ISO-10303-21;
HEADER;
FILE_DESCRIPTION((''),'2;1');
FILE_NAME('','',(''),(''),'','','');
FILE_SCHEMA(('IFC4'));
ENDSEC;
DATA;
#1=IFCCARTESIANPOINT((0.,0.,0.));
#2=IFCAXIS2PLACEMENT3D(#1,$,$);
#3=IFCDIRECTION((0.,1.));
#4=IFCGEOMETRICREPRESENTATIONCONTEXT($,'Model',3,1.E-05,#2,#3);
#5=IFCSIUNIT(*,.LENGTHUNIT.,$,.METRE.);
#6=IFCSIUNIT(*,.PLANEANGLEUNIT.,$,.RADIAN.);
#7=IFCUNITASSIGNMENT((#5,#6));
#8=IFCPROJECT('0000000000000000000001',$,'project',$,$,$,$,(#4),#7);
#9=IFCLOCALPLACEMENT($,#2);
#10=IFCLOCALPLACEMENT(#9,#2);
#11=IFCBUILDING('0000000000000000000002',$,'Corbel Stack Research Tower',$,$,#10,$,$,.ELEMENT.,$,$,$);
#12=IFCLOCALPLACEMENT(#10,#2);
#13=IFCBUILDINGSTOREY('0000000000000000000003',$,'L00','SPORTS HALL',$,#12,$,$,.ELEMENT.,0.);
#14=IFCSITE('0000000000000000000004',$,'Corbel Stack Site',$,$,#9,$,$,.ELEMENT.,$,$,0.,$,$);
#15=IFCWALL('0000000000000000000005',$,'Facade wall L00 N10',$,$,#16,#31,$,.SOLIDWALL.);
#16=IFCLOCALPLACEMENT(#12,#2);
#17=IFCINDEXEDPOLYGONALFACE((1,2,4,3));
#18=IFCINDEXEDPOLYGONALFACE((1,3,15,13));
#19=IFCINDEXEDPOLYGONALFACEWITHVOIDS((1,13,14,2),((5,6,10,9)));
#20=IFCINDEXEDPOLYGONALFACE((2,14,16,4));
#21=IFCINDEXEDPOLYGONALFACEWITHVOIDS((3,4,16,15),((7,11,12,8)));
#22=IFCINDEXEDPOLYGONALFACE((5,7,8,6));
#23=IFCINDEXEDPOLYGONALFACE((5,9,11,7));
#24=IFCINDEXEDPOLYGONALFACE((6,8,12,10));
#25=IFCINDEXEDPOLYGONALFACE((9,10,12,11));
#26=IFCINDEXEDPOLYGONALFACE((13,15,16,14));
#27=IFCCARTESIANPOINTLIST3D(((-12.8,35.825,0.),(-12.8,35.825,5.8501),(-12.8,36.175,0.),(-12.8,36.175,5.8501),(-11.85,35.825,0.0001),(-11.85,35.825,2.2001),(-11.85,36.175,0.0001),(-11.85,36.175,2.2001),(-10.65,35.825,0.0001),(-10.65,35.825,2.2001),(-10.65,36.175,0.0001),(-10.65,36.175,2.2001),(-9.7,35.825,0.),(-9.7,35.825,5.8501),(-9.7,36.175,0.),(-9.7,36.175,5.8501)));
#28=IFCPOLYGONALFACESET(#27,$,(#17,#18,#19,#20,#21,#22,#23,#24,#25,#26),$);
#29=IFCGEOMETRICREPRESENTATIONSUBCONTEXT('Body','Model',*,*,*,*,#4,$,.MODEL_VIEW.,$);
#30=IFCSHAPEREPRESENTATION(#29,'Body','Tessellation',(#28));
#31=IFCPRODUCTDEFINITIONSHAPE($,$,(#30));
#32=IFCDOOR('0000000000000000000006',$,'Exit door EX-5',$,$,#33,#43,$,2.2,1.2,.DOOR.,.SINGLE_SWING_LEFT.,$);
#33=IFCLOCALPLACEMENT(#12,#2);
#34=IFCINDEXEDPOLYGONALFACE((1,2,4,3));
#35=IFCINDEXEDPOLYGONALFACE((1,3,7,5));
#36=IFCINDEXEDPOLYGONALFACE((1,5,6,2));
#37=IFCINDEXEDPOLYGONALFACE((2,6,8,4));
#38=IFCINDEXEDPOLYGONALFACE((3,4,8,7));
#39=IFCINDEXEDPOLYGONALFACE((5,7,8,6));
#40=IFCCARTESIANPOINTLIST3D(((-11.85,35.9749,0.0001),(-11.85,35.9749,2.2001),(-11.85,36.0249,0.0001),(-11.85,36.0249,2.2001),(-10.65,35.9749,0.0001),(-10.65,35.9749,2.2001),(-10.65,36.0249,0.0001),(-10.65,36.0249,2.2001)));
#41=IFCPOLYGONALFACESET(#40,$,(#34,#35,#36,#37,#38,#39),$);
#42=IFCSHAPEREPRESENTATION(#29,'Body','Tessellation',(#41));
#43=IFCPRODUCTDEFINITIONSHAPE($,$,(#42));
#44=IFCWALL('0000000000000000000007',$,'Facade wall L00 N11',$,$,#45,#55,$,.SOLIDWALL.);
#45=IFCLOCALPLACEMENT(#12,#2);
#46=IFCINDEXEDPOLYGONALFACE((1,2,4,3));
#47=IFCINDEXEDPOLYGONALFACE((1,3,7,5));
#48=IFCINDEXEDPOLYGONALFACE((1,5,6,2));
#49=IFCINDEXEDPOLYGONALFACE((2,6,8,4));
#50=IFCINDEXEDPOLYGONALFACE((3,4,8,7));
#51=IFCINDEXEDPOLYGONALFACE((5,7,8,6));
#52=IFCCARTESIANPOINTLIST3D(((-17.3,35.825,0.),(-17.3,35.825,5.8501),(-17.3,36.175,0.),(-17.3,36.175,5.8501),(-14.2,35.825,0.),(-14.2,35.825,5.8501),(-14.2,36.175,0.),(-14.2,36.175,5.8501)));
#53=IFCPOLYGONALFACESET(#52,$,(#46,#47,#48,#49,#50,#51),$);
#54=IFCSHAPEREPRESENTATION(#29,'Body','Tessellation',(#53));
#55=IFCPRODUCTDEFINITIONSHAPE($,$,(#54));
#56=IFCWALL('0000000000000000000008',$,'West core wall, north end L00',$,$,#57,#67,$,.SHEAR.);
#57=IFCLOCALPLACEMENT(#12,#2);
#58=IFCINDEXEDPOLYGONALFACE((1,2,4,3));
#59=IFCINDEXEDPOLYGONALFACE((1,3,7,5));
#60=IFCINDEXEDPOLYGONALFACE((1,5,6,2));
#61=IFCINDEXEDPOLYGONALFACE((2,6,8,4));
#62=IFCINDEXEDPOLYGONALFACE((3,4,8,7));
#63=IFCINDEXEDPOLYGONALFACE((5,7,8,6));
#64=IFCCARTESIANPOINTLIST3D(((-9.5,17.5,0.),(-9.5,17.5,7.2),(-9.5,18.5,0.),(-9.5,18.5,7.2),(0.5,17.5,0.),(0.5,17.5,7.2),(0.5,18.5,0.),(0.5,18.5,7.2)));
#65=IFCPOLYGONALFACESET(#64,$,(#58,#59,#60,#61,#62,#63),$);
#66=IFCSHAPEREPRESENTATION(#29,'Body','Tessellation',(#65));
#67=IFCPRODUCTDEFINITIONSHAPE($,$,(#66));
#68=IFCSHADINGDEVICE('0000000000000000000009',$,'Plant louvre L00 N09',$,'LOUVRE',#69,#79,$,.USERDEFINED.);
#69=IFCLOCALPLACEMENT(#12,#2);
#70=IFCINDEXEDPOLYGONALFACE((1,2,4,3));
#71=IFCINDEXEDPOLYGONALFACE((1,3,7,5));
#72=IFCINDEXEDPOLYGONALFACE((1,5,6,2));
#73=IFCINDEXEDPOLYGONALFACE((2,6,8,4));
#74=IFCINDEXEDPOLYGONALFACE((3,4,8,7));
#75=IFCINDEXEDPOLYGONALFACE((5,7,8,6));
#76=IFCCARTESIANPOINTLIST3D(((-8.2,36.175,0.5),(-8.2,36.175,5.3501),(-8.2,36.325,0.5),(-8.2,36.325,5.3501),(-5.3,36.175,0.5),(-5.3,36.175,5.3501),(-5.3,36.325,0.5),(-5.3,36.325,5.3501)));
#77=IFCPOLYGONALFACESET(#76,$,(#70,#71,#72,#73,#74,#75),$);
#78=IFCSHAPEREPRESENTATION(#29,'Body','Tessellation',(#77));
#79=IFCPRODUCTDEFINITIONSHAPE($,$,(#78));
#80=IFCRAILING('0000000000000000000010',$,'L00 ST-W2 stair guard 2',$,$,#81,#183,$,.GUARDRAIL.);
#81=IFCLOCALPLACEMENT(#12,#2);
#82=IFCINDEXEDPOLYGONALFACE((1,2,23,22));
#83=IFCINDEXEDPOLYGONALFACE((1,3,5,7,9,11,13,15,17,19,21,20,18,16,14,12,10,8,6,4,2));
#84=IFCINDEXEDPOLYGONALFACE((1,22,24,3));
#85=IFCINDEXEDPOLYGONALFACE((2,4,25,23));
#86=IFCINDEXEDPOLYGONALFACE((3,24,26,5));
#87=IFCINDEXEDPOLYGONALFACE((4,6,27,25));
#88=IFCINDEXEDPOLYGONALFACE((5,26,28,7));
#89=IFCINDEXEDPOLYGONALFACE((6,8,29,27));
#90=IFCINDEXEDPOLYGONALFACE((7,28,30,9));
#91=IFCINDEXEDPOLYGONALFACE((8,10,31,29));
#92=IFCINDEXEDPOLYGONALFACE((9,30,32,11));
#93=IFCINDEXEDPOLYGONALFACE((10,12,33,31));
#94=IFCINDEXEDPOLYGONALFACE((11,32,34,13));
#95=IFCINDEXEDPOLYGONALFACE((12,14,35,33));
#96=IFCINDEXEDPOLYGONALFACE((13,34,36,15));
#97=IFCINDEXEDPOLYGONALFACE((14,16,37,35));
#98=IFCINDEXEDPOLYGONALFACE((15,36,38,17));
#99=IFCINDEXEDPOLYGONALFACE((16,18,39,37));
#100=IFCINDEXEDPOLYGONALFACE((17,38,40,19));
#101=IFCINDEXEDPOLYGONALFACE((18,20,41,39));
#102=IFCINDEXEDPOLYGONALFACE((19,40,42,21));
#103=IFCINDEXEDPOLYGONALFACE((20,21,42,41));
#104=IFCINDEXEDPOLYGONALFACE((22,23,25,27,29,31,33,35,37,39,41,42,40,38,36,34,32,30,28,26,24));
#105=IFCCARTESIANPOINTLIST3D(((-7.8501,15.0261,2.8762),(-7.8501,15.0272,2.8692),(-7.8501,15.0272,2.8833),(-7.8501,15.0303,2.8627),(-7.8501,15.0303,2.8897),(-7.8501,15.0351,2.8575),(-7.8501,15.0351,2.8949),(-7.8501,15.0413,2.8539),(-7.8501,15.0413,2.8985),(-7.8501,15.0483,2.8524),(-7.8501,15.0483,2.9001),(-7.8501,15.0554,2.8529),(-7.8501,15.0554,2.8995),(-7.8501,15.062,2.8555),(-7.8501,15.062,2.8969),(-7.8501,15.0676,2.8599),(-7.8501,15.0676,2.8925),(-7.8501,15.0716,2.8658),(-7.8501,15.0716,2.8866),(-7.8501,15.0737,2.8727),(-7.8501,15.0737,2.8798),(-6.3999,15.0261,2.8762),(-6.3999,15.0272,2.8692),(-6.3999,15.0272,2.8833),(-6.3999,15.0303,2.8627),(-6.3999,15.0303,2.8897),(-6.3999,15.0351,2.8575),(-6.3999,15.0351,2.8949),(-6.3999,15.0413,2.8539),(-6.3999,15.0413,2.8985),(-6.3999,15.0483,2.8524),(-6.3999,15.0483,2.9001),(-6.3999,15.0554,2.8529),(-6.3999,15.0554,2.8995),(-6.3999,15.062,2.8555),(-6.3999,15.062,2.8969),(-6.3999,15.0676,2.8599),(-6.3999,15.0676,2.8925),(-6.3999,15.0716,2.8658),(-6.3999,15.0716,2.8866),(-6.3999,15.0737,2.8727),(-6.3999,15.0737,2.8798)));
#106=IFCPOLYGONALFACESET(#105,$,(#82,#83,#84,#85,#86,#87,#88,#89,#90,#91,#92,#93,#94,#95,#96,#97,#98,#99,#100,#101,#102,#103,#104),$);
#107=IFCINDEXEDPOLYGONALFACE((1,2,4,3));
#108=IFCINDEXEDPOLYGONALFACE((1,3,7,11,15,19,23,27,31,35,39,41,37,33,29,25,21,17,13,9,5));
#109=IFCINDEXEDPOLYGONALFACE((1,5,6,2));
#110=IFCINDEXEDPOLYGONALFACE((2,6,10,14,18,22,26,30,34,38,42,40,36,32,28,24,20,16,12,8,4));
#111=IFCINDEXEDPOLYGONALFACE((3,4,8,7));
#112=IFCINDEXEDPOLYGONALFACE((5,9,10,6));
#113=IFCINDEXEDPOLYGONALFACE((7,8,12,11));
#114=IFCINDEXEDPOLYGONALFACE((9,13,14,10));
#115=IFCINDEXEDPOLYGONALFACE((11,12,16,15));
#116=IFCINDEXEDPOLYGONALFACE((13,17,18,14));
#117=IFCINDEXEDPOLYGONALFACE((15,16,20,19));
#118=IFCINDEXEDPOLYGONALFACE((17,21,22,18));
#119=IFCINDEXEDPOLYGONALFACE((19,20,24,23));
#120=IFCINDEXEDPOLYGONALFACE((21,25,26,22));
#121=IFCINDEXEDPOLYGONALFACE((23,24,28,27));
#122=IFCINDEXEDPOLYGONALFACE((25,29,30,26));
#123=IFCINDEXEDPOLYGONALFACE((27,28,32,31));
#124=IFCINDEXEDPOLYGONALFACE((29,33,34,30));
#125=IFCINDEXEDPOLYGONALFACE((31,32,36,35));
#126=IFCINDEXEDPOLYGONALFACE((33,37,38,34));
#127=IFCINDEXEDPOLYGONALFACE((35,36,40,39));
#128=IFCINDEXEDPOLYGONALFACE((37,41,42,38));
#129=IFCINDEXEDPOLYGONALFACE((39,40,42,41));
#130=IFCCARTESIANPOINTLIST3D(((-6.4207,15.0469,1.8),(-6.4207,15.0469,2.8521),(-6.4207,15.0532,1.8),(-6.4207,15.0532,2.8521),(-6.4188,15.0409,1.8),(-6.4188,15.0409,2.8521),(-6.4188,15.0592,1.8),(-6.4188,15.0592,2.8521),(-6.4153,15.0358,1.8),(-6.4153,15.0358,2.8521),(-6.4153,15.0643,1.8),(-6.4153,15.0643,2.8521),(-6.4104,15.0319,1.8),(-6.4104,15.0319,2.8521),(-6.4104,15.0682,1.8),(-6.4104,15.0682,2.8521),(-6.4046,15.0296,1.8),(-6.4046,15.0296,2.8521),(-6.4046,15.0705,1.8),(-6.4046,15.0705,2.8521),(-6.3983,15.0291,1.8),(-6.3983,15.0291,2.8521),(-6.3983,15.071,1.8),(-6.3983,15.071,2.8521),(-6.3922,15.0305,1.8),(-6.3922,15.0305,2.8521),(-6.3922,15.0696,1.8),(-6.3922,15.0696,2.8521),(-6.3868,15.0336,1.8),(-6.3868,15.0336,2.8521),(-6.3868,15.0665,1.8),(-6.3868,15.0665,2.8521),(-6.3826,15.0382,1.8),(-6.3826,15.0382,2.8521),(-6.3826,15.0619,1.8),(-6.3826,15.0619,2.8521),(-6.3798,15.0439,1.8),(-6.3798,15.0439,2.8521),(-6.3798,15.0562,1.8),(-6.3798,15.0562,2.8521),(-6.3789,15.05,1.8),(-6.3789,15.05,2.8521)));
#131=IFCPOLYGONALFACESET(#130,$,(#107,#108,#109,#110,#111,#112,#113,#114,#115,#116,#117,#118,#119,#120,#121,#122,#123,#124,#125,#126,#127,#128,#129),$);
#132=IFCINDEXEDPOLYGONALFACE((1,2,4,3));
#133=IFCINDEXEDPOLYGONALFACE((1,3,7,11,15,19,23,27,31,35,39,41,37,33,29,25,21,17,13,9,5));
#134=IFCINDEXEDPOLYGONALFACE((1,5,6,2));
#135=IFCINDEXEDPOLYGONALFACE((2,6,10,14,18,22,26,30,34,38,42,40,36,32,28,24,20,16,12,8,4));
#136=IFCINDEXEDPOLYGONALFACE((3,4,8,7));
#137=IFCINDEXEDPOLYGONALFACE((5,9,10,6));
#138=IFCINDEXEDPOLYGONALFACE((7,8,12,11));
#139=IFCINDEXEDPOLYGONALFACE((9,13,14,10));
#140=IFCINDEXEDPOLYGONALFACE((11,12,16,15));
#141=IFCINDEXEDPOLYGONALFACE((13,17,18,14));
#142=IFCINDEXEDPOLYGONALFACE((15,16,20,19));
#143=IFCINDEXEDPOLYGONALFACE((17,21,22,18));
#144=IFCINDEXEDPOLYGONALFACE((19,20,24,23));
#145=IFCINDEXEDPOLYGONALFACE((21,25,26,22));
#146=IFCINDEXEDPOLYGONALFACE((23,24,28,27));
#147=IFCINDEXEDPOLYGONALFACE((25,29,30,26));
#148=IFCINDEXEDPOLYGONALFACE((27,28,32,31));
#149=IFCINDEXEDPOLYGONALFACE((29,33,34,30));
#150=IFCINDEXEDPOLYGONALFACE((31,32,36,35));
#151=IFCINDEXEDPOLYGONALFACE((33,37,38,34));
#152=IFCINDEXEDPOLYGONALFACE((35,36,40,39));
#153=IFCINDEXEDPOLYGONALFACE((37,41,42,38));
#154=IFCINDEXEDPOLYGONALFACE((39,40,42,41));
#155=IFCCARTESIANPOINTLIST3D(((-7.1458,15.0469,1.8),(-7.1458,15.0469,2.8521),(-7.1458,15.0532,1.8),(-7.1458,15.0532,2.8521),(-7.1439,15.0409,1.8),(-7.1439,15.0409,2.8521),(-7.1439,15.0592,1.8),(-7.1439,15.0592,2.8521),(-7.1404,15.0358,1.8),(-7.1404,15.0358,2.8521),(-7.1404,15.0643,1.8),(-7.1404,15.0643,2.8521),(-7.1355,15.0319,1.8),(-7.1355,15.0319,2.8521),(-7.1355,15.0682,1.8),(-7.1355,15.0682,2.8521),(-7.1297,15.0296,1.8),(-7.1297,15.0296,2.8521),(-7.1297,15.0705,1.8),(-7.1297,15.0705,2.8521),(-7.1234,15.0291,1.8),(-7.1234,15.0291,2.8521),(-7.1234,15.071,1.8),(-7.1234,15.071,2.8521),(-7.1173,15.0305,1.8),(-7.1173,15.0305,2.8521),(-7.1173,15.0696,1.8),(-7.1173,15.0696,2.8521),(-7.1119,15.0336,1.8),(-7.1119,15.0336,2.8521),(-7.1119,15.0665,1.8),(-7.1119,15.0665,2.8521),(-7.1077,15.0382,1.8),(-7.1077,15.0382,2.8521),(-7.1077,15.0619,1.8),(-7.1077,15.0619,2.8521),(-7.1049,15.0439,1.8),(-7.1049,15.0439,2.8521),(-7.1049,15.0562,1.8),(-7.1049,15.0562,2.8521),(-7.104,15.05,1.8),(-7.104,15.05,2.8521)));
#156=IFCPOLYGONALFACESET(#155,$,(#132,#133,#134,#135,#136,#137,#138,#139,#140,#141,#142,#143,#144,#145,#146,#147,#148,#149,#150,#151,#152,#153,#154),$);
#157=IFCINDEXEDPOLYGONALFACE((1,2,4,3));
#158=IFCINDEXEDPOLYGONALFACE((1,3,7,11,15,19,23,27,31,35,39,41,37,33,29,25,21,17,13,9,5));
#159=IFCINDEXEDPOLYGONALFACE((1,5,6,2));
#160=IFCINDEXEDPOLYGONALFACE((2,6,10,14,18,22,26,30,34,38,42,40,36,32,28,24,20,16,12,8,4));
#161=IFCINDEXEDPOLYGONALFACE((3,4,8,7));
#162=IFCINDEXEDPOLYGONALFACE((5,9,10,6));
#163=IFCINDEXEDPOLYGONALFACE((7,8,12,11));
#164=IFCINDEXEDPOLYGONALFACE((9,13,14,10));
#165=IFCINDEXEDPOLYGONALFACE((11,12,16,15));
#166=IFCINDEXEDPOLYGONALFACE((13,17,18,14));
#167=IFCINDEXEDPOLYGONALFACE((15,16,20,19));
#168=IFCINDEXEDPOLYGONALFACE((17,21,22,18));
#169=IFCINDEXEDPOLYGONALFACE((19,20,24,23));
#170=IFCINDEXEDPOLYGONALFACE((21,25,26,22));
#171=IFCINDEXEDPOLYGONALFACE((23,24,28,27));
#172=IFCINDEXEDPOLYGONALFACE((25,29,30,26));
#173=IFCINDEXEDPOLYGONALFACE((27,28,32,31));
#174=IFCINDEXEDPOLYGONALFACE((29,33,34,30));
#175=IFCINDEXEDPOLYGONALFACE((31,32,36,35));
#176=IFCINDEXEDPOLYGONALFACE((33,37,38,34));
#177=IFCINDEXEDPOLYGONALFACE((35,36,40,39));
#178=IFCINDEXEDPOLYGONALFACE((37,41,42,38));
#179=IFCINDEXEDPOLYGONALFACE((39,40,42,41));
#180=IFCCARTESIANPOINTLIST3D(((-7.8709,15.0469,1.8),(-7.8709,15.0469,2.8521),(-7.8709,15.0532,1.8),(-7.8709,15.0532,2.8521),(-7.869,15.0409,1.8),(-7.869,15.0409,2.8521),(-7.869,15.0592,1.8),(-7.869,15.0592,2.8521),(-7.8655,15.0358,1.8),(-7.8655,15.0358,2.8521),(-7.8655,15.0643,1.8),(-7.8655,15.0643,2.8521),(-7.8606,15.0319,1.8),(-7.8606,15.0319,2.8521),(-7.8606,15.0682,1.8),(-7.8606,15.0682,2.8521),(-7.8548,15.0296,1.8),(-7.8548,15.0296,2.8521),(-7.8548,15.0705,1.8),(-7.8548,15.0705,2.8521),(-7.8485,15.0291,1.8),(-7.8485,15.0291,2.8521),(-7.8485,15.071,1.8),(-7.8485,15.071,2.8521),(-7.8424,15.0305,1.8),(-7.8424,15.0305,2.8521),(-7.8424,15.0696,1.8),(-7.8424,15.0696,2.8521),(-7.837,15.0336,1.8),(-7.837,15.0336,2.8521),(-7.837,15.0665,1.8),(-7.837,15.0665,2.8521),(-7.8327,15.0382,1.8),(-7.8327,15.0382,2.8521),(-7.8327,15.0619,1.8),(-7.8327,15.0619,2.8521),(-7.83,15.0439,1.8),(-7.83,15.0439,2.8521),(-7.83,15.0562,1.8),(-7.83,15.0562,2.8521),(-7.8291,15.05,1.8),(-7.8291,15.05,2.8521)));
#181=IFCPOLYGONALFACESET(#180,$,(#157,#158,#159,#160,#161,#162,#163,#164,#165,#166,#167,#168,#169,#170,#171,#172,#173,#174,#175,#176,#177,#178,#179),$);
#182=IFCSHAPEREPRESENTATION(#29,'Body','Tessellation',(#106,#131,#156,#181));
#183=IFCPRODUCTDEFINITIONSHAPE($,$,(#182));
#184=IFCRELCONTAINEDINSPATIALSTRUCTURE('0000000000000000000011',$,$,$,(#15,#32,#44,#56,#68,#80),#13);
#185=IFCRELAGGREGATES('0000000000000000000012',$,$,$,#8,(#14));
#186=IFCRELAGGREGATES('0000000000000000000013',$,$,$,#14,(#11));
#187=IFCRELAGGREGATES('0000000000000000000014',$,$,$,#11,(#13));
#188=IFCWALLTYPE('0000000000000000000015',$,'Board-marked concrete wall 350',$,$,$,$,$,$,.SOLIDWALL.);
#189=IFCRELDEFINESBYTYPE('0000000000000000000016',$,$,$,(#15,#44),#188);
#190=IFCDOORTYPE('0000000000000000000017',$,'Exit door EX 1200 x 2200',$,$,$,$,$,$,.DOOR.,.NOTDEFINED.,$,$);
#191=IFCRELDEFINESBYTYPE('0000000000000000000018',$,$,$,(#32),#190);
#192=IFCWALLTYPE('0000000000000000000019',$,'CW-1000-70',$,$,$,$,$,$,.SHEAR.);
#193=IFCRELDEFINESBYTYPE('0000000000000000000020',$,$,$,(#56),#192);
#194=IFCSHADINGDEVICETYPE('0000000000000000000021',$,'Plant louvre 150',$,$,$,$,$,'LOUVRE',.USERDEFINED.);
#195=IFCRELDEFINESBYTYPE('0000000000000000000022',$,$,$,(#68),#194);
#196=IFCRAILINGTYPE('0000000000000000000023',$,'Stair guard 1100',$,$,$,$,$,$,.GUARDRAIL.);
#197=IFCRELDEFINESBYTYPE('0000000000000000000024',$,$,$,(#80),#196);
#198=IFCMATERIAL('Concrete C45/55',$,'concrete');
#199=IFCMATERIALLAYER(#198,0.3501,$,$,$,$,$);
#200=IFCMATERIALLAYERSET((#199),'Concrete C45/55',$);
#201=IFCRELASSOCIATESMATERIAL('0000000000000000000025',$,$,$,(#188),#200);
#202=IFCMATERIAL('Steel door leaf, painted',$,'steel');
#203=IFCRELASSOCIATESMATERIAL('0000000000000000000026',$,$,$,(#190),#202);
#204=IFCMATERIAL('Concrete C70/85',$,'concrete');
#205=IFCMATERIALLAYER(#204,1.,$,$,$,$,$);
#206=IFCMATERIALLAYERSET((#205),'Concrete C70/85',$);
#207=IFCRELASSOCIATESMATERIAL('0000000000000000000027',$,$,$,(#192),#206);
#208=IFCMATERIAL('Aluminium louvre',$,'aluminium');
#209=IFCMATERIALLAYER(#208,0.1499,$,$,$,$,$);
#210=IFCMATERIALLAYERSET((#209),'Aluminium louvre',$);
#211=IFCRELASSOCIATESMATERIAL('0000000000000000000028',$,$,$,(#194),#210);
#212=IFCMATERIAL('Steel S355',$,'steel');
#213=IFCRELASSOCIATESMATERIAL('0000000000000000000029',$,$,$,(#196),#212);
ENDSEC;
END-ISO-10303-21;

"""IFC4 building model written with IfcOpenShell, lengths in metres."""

from ifc_helpers import new_model, si_unit, direction, frame, frame_2d, origin, origin_2d, place, context, subcontext, project, spatial, rectangle, circle, extrude, material, layer, layer_set, type_object, element, fill, save


model = new_model("IFC4")

# Units and contexts
model_context = context("Model", 3, precision=1e-05, world=origin(), true_north=direction((0.0, 1.0)))
body_context = subcontext(model_context, "Body", "Model", "MODEL_VIEW")
ifc_project = project(units=[si_unit("LENGTHUNIT", "METRE"), si_unit("PLANEANGLEUNIT", "RADIAN")], contexts=[model_context])

# Site, building, storey
site_placement = place(None, origin())
site = spatial("IfcSite", under=ifc_project, at=site_placement, Name="Corbel Stack Site", CompositionType="ELEMENT", RefElevation=0.0)
building_placement = place(site_placement, origin())
building = spatial("IfcBuilding", under=site, at=building_placement, Name="Corbel Stack Research Tower", CompositionType="ELEMENT")
storey_placement = place(building_placement, origin())
storey = spatial("IfcBuildingStorey", under=building, at=storey_placement, Name="L00", Description="SPORTS HALL", CompositionType="ELEMENT", Elevation=0.0)

# Shared definitions
ifc_material_1 = material(Name="Concrete C45/55", Category="concrete")
ifc_layer_1 = layer(ifc_material_1, 0.3501)
ifc_layer_set_1 = layer_set([ifc_layer_1], Name="Concrete C45/55")
wall_type_1 = type_object("IfcWallType", Name="Board-marked concrete wall 350", PredefinedType="SOLIDWALL", material=ifc_layer_set_1)

# Wall, opening, door
wall_1_placement = place(storey_placement, frame((-12.8, 36.0, 0.0), z_axis=(0.0, 0.0, 1.0), x_axis=(1.0, 0.0, 0.0)))
wall_1 = element("IfcWall", 1, at=wall_1_placement, inside=storey, type_object=wall_type_1, Name="Facade wall L00 N10", PredefinedType="SOLIDWALL", context=body_context, shape_type="SweptSolid", body=[
    extrude(rectangle(XDim=3.1001, YDim=0.3501, at=frame_2d((1.55, 0.0))), origin(), (0.0, 0.0, 1.0), 5.8501),
])
opening_1_placement = place(wall_1_placement, frame((0.95, 0.0, 0.0)))
opening_1 = element("IfcOpeningElement", 2, at=opening_1_placement, cuts=wall_1, PredefinedType="OPENING", context=body_context, shape_type="SweptSolid", body=[
    extrude(rectangle(XDim=1.2, YDim=2.2, at=frame_2d((0.6001, 1.1001))), frame((0.0, 0.1851, 0.0), z_axis=(0.0, -1.0, 0.0), x_axis=(1.0, 0.0, 0.0)), (0.0, 0.0, 1.0), 0.3701),
])
ifc_material_2 = material(Name="Steel door leaf, painted", Category="steel")
door_type_1 = type_object("IfcDoorType", Name="Exit door EX 1200 x 2200", OperationType="NOTDEFINED", PredefinedType="DOOR", material=ifc_material_2)
door_1_placement = place(opening_1_placement, origin())
door_1 = element("IfcDoor", 3, at=door_1_placement, inside=storey, type_object=door_type_1, Name="Exit door EX-5", OperationType="SINGLE_SWING_LEFT", OverallHeight=2.2, OverallWidth=1.2, PredefinedType="DOOR", context=body_context, shape_type="SweptSolid", body=[
    extrude(rectangle(XDim=1.2, YDim=2.2, at=frame_2d((0.6001, 1.1001))), frame((0.0, 0.0249, 0.0), z_axis=(0.0, -1.0, 0.0), x_axis=(1.0, 0.0, 0.0)), (0.0, 0.0, 1.0), 0.05),
])
fill(opening_1, door_1)

# Walls
wall_2_placement = place(storey_placement, frame((-17.3, 36.0, 0.0), z_axis=(0.0, 0.0, 1.0), x_axis=(1.0, 0.0, 0.0)))
element("IfcWall", 4, at=wall_2_placement, inside=storey, type_object=wall_type_1, Name="Facade wall L00 N11", PredefinedType="SOLIDWALL", context=body_context, shape_type="SweptSolid", body=[
    extrude(rectangle(XDim=3.1001, YDim=0.3501, at=frame_2d((1.55, 0.0))), origin(), (0.0, 0.0, 1.0), 5.8501),
])
ifc_material_3 = material(Name="Concrete C70/85", Category="concrete")
ifc_layer_2 = layer(ifc_material_3, 1.0)
ifc_layer_set_2 = layer_set([ifc_layer_2], Name="Concrete C70/85")
wall_type_2 = type_object("IfcWallType", Name="CW-1000-70", PredefinedType="SHEAR", material=ifc_layer_set_2)
wall_3_placement = place(storey_placement, frame((-9.5, 18.0, 0.0), z_axis=(0.0, 0.0, 1.0), x_axis=(1.0, 0.0, 0.0)))
element("IfcWall", 5, at=wall_3_placement, inside=storey, type_object=wall_type_2, Name="West core wall, north end L00", PredefinedType="SHEAR", context=body_context, shape_type="SweptSolid", body=[
    extrude(rectangle(XDim=10.0, YDim=1.0, at=frame_2d((5.0, 0.0))), origin(), (0.0, 0.0, 1.0), 7.2),
])

# Shading device
ifc_material_4 = material(Name="Aluminium louvre", Category="aluminium")
ifc_layer_3 = layer(ifc_material_4, 0.1499)
ifc_layer_set_3 = layer_set([ifc_layer_3], Name="Aluminium louvre")
shading_device_type = type_object("IfcShadingDeviceType", Name="Plant louvre 150", ElementType="LOUVRE", PredefinedType="USERDEFINED", material=ifc_layer_set_3)
shading_device_placement = place(storey_placement, frame((-6.75, 36.25, 0.5), z_axis=(0.0, 0.0, 1.0), x_axis=(-1.0, 0.0, 0.0)))
element("IfcShadingDevice", 6, at=shading_device_placement, inside=storey, type_object=shading_device_type, Name="Plant louvre L00 N09", ObjectType="LOUVRE", PredefinedType="USERDEFINED", context=body_context, shape_type="SweptSolid", body=[
    extrude(rectangle(XDim=2.8999, YDim=0.1499, at=origin_2d()), origin(), (0.0, 0.0, 1.0), 4.8501),
])

# Railing
ifc_material_5 = material(Name="Steel S355", Category="steel")
railing_type = type_object("IfcRailingType", Name="Stair guard 1100", PredefinedType="GUARDRAIL", material=ifc_material_5)
railing_1_placement = place(storey_placement, frame((-6.3999, 15.05, 1.8)))
element("IfcRailing", 7, at=railing_1_placement, inside=storey, type_object=railing_type, Name="L00 ST-W2 stair guard 2", PredefinedType="GUARDRAIL", context=body_context, shape_type="SweptSolid", body=[
    extrude(circle(Radius=0.0239, at=origin_2d()), frame((0.0, 0.0, 1.0762), z_axis=(-1.0, 0.0, 0.0), x_axis=(0.0, -1.0, 0.0)), (0.0, 0.0, 1.0), 1.4502),
    extrude(circle(Radius=0.021, at=origin_2d()), origin(), (0.0, 0.0, 1.0), 1.052),
    extrude(circle(Radius=0.021, at=origin_2d()), frame((-0.7251, 0.0, 0.0)), (0.0, 0.0, 1.0), 1.052),
    extrude(circle(Radius=0.021, at=origin_2d()), frame((-1.4502, 0.0, 0.0)), (0.0, 0.0, 1.0), 1.052),
])

save(model, "model.ifc")
